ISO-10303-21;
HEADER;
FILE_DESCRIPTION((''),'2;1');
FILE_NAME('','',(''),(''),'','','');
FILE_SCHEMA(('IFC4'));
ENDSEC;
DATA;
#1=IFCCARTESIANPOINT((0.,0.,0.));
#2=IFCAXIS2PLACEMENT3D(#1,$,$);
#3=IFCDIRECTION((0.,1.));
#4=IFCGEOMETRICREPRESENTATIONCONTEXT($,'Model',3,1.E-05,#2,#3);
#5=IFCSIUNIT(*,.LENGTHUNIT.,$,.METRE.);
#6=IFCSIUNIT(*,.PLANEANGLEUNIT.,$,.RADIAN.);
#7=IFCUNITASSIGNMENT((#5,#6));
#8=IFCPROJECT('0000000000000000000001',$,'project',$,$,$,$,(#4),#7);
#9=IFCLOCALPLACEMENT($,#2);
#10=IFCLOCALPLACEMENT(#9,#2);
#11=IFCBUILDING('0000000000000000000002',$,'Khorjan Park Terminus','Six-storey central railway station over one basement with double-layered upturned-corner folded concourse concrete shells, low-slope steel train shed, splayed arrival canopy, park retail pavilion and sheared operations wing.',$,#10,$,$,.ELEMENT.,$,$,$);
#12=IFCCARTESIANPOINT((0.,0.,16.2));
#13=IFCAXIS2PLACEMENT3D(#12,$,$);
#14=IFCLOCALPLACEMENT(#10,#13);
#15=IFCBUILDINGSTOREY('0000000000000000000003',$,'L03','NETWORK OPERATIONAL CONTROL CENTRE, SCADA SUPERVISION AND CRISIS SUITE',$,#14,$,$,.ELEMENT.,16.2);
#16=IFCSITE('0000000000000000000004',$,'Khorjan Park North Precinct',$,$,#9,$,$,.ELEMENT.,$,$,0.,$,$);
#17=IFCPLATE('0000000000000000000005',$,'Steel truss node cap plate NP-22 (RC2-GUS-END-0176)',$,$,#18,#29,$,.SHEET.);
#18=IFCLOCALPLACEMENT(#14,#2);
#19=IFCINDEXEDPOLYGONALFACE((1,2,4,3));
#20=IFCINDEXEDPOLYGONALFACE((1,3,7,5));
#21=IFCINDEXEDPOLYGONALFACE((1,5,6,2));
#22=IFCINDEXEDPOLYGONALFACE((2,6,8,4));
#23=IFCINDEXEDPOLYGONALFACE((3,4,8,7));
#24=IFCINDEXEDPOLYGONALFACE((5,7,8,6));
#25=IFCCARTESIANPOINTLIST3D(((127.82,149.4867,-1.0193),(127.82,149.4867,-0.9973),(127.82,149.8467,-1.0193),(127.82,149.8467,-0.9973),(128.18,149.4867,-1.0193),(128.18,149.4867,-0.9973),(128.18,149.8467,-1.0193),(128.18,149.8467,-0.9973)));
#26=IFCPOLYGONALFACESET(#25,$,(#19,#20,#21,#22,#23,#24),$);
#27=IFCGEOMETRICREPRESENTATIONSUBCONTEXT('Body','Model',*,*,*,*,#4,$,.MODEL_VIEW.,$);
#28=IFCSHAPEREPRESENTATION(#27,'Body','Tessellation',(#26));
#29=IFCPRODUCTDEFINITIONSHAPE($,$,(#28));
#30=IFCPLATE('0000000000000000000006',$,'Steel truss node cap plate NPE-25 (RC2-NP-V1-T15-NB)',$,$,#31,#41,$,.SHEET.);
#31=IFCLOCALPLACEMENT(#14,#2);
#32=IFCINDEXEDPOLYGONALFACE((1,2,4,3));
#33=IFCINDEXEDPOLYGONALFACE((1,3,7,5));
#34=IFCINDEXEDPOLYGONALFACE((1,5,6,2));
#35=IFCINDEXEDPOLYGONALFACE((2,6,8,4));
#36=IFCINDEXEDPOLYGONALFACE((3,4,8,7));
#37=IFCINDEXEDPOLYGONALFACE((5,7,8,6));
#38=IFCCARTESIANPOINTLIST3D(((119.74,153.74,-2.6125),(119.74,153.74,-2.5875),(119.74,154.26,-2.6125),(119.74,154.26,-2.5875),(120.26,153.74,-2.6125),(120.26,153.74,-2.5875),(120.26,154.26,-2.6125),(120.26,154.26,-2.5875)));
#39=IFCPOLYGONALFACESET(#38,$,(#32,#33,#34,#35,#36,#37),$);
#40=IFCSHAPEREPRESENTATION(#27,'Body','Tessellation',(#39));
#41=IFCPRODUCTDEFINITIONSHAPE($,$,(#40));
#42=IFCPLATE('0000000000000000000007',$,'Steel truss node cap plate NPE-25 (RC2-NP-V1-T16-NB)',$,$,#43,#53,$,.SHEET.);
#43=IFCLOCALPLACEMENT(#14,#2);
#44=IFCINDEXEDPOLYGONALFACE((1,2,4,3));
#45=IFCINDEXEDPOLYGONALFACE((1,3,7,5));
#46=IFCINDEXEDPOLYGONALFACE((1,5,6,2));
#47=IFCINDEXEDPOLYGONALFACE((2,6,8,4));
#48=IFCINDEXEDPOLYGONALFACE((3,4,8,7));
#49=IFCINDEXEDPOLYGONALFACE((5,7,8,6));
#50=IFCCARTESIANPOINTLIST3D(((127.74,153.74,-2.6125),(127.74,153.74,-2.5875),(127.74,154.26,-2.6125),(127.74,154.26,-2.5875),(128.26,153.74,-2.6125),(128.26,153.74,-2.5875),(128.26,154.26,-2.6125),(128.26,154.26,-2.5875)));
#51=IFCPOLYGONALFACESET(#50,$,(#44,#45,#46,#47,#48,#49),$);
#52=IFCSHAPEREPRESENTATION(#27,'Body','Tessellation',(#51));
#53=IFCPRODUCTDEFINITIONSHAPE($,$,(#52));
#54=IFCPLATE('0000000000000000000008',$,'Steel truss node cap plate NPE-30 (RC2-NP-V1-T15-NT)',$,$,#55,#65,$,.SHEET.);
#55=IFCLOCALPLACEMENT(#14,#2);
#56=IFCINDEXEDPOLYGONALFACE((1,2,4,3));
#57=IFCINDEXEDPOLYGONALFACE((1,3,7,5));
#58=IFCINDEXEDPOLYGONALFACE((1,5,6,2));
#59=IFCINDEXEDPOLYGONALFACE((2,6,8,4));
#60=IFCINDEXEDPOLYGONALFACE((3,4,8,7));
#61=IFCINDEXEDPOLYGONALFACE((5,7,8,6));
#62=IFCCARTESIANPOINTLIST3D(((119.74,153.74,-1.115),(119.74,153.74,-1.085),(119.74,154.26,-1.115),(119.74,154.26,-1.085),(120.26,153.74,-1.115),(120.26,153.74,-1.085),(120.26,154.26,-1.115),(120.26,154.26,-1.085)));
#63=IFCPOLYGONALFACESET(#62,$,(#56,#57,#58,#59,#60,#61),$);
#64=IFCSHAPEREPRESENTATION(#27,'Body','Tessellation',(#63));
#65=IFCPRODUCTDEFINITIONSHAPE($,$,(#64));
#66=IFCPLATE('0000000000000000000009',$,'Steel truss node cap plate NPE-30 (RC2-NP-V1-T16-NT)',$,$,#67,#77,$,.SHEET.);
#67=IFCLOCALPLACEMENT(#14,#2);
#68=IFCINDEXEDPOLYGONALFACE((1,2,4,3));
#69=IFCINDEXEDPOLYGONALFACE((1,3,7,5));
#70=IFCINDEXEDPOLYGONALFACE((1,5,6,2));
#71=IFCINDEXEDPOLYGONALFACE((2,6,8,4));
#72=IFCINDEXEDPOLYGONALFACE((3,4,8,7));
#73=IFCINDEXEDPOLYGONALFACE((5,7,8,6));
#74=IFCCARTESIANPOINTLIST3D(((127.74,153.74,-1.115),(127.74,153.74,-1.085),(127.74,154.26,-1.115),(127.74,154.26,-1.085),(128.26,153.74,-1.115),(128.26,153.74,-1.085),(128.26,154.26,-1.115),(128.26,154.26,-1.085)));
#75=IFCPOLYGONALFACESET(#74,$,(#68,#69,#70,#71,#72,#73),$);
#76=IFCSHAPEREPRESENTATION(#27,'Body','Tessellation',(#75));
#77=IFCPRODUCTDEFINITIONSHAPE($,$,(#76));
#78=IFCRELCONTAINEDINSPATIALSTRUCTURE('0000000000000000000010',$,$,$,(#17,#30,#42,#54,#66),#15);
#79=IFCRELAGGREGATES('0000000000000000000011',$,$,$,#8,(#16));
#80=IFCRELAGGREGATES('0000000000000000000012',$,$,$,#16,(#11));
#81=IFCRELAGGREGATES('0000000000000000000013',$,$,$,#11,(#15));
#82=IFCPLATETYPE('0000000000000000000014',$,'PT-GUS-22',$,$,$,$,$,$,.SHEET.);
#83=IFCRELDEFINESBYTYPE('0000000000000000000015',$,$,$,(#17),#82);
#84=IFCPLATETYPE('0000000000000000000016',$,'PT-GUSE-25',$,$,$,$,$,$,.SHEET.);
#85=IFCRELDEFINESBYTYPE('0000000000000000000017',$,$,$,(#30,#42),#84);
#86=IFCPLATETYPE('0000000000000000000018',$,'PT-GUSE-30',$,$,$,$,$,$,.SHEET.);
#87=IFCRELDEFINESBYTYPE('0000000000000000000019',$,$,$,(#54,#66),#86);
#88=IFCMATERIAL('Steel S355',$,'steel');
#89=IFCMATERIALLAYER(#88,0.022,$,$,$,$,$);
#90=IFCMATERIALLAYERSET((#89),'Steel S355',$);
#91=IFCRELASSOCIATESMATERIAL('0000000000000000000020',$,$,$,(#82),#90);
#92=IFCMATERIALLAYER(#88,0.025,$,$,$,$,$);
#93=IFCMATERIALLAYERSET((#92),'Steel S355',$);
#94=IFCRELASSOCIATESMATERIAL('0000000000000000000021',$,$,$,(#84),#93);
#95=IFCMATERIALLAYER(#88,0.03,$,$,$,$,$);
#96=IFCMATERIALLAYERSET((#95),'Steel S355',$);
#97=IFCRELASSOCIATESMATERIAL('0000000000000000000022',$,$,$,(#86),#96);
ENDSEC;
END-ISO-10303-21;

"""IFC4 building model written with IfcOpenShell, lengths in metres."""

from ifc_helpers import new_model, si_unit, direction, frame, origin, origin_2d, place, context, subcontext, project, spatial, rectangle, extrude, material, layer, layer_set, type_object, element, save


model = new_model("IFC4")

# Units and contexts
model_context = context("Model", 3, precision=1e-05, world=origin(), true_north=direction((0.0, 1.0)))
body_context = subcontext(model_context, "Body", "Model", "MODEL_VIEW")
ifc_project = project(units=[si_unit("LENGTHUNIT", "METRE"), si_unit("PLANEANGLEUNIT", "RADIAN")], contexts=[model_context])

# Site, building, storey
site_placement = place(None, origin())
site = spatial("IfcSite", under=ifc_project, at=site_placement, Name="Khorjan Park North Precinct", CompositionType="ELEMENT", RefElevation=0.0)
building_placement = place(site_placement, origin())
building = spatial("IfcBuilding", under=site, at=building_placement, Name="Khorjan Park Terminus", Description="Six-storey central railway station over one basement with double-layered upturned-corner folded concourse concrete shells, low-slope steel train shed, splayed arrival canopy, park retail pavilion and sheared operations wing.", CompositionType="ELEMENT")
storey_placement = place(building_placement, frame((0.0, 0.0, 16.2)))
storey = spatial("IfcBuildingStorey", under=building, at=storey_placement, Name="L03", Description="NETWORK OPERATIONAL CONTROL CENTRE, SCADA SUPERVISION AND CRISIS SUITE", CompositionType="ELEMENT", Elevation=16.2)

# Shared definitions
ifc_material = material(Name="Steel S355", Category="steel")

# Plates
ifc_layer_1 = layer(ifc_material, 0.022)
ifc_layer_set_1 = layer_set([ifc_layer_1], Name="Steel S355")
plate_type_1 = type_object("IfcPlateType", Name="PT-GUS-22", PredefinedType="SHEET", material=ifc_layer_set_1)
for number, where, z_axis, x_axis, name in (
    (1, (128.0, 149.6667, -1.0193), (0.0, 0.0, 1.0), (1.0, 0.0, 0.0), "Steel truss node cap plate NP-22 (RC2-GUS-END-0176)"),
):
    element("IfcPlate", number, at=place(storey_placement, frame(where, z_axis=z_axis, x_axis=x_axis)), inside=storey, type_object=plate_type_1, Name=name, PredefinedType="SHEET", context=body_context, shape_type="SweptSolid", body=[
        extrude(rectangle(XDim=0.36, YDim=0.36, at=origin_2d()), origin(), (0.0, 0.0, 1.0), 0.022),
    ])
ifc_layer_2 = layer(ifc_material, 0.025)
ifc_layer_set_2 = layer_set([ifc_layer_2], Name="Steel S355")
plate_type_2 = type_object("IfcPlateType", Name="PT-GUSE-25", PredefinedType="SHEET", material=ifc_layer_set_2)
for number, where, z_axis, x_axis, name in (
    (2, (120.0, 154.0, -2.6125), (0.0, 0.0, 1.0), (1.0, 0.0, 0.0), "Steel truss node cap plate NPE-25 (RC2-NP-V1-T15-NB)"),
    (3, (128.0, 154.0, -2.6125), (0.0, 0.0, 1.0), (1.0, 0.0, 0.0), "Steel truss node cap plate NPE-25 (RC2-NP-V1-T16-NB)"),
):
    element("IfcPlate", number, at=place(storey_placement, frame(where, z_axis=z_axis, x_axis=x_axis)), inside=storey, type_object=plate_type_2, Name=name, PredefinedType="SHEET", context=body_context, shape_type="SweptSolid", body=[
        extrude(rectangle(XDim=0.52, YDim=0.52, at=origin_2d()), origin(), (0.0, 0.0, 1.0), 0.025),
    ])
ifc_layer_3 = layer(ifc_material, 0.03)
ifc_layer_set_3 = layer_set([ifc_layer_3], Name="Steel S355")
plate_type_3 = type_object("IfcPlateType", Name="PT-GUSE-30", PredefinedType="SHEET", material=ifc_layer_set_3)
for number, where, z_axis, x_axis, name in (
    (4, (120.0, 154.0, -1.115), (0.0, 0.0, 1.0), (1.0, 0.0, 0.0), "Steel truss node cap plate NPE-30 (RC2-NP-V1-T15-NT)"),
    (5, (128.0, 154.0, -1.115), (0.0, 0.0, 1.0), (1.0, 0.0, 0.0), "Steel truss node cap plate NPE-30 (RC2-NP-V1-T16-NT)"),
):
    element("IfcPlate", number, at=place(storey_placement, frame(where, z_axis=z_axis, x_axis=x_axis)), inside=storey, type_object=plate_type_3, Name=name, PredefinedType="SHEET", context=body_context, shape_type="SweptSolid", body=[
        extrude(rectangle(XDim=0.52, YDim=0.52, at=origin_2d()), origin(), (0.0, 0.0, 1.0), 0.03),
    ])

save(model, "model.ifc")
